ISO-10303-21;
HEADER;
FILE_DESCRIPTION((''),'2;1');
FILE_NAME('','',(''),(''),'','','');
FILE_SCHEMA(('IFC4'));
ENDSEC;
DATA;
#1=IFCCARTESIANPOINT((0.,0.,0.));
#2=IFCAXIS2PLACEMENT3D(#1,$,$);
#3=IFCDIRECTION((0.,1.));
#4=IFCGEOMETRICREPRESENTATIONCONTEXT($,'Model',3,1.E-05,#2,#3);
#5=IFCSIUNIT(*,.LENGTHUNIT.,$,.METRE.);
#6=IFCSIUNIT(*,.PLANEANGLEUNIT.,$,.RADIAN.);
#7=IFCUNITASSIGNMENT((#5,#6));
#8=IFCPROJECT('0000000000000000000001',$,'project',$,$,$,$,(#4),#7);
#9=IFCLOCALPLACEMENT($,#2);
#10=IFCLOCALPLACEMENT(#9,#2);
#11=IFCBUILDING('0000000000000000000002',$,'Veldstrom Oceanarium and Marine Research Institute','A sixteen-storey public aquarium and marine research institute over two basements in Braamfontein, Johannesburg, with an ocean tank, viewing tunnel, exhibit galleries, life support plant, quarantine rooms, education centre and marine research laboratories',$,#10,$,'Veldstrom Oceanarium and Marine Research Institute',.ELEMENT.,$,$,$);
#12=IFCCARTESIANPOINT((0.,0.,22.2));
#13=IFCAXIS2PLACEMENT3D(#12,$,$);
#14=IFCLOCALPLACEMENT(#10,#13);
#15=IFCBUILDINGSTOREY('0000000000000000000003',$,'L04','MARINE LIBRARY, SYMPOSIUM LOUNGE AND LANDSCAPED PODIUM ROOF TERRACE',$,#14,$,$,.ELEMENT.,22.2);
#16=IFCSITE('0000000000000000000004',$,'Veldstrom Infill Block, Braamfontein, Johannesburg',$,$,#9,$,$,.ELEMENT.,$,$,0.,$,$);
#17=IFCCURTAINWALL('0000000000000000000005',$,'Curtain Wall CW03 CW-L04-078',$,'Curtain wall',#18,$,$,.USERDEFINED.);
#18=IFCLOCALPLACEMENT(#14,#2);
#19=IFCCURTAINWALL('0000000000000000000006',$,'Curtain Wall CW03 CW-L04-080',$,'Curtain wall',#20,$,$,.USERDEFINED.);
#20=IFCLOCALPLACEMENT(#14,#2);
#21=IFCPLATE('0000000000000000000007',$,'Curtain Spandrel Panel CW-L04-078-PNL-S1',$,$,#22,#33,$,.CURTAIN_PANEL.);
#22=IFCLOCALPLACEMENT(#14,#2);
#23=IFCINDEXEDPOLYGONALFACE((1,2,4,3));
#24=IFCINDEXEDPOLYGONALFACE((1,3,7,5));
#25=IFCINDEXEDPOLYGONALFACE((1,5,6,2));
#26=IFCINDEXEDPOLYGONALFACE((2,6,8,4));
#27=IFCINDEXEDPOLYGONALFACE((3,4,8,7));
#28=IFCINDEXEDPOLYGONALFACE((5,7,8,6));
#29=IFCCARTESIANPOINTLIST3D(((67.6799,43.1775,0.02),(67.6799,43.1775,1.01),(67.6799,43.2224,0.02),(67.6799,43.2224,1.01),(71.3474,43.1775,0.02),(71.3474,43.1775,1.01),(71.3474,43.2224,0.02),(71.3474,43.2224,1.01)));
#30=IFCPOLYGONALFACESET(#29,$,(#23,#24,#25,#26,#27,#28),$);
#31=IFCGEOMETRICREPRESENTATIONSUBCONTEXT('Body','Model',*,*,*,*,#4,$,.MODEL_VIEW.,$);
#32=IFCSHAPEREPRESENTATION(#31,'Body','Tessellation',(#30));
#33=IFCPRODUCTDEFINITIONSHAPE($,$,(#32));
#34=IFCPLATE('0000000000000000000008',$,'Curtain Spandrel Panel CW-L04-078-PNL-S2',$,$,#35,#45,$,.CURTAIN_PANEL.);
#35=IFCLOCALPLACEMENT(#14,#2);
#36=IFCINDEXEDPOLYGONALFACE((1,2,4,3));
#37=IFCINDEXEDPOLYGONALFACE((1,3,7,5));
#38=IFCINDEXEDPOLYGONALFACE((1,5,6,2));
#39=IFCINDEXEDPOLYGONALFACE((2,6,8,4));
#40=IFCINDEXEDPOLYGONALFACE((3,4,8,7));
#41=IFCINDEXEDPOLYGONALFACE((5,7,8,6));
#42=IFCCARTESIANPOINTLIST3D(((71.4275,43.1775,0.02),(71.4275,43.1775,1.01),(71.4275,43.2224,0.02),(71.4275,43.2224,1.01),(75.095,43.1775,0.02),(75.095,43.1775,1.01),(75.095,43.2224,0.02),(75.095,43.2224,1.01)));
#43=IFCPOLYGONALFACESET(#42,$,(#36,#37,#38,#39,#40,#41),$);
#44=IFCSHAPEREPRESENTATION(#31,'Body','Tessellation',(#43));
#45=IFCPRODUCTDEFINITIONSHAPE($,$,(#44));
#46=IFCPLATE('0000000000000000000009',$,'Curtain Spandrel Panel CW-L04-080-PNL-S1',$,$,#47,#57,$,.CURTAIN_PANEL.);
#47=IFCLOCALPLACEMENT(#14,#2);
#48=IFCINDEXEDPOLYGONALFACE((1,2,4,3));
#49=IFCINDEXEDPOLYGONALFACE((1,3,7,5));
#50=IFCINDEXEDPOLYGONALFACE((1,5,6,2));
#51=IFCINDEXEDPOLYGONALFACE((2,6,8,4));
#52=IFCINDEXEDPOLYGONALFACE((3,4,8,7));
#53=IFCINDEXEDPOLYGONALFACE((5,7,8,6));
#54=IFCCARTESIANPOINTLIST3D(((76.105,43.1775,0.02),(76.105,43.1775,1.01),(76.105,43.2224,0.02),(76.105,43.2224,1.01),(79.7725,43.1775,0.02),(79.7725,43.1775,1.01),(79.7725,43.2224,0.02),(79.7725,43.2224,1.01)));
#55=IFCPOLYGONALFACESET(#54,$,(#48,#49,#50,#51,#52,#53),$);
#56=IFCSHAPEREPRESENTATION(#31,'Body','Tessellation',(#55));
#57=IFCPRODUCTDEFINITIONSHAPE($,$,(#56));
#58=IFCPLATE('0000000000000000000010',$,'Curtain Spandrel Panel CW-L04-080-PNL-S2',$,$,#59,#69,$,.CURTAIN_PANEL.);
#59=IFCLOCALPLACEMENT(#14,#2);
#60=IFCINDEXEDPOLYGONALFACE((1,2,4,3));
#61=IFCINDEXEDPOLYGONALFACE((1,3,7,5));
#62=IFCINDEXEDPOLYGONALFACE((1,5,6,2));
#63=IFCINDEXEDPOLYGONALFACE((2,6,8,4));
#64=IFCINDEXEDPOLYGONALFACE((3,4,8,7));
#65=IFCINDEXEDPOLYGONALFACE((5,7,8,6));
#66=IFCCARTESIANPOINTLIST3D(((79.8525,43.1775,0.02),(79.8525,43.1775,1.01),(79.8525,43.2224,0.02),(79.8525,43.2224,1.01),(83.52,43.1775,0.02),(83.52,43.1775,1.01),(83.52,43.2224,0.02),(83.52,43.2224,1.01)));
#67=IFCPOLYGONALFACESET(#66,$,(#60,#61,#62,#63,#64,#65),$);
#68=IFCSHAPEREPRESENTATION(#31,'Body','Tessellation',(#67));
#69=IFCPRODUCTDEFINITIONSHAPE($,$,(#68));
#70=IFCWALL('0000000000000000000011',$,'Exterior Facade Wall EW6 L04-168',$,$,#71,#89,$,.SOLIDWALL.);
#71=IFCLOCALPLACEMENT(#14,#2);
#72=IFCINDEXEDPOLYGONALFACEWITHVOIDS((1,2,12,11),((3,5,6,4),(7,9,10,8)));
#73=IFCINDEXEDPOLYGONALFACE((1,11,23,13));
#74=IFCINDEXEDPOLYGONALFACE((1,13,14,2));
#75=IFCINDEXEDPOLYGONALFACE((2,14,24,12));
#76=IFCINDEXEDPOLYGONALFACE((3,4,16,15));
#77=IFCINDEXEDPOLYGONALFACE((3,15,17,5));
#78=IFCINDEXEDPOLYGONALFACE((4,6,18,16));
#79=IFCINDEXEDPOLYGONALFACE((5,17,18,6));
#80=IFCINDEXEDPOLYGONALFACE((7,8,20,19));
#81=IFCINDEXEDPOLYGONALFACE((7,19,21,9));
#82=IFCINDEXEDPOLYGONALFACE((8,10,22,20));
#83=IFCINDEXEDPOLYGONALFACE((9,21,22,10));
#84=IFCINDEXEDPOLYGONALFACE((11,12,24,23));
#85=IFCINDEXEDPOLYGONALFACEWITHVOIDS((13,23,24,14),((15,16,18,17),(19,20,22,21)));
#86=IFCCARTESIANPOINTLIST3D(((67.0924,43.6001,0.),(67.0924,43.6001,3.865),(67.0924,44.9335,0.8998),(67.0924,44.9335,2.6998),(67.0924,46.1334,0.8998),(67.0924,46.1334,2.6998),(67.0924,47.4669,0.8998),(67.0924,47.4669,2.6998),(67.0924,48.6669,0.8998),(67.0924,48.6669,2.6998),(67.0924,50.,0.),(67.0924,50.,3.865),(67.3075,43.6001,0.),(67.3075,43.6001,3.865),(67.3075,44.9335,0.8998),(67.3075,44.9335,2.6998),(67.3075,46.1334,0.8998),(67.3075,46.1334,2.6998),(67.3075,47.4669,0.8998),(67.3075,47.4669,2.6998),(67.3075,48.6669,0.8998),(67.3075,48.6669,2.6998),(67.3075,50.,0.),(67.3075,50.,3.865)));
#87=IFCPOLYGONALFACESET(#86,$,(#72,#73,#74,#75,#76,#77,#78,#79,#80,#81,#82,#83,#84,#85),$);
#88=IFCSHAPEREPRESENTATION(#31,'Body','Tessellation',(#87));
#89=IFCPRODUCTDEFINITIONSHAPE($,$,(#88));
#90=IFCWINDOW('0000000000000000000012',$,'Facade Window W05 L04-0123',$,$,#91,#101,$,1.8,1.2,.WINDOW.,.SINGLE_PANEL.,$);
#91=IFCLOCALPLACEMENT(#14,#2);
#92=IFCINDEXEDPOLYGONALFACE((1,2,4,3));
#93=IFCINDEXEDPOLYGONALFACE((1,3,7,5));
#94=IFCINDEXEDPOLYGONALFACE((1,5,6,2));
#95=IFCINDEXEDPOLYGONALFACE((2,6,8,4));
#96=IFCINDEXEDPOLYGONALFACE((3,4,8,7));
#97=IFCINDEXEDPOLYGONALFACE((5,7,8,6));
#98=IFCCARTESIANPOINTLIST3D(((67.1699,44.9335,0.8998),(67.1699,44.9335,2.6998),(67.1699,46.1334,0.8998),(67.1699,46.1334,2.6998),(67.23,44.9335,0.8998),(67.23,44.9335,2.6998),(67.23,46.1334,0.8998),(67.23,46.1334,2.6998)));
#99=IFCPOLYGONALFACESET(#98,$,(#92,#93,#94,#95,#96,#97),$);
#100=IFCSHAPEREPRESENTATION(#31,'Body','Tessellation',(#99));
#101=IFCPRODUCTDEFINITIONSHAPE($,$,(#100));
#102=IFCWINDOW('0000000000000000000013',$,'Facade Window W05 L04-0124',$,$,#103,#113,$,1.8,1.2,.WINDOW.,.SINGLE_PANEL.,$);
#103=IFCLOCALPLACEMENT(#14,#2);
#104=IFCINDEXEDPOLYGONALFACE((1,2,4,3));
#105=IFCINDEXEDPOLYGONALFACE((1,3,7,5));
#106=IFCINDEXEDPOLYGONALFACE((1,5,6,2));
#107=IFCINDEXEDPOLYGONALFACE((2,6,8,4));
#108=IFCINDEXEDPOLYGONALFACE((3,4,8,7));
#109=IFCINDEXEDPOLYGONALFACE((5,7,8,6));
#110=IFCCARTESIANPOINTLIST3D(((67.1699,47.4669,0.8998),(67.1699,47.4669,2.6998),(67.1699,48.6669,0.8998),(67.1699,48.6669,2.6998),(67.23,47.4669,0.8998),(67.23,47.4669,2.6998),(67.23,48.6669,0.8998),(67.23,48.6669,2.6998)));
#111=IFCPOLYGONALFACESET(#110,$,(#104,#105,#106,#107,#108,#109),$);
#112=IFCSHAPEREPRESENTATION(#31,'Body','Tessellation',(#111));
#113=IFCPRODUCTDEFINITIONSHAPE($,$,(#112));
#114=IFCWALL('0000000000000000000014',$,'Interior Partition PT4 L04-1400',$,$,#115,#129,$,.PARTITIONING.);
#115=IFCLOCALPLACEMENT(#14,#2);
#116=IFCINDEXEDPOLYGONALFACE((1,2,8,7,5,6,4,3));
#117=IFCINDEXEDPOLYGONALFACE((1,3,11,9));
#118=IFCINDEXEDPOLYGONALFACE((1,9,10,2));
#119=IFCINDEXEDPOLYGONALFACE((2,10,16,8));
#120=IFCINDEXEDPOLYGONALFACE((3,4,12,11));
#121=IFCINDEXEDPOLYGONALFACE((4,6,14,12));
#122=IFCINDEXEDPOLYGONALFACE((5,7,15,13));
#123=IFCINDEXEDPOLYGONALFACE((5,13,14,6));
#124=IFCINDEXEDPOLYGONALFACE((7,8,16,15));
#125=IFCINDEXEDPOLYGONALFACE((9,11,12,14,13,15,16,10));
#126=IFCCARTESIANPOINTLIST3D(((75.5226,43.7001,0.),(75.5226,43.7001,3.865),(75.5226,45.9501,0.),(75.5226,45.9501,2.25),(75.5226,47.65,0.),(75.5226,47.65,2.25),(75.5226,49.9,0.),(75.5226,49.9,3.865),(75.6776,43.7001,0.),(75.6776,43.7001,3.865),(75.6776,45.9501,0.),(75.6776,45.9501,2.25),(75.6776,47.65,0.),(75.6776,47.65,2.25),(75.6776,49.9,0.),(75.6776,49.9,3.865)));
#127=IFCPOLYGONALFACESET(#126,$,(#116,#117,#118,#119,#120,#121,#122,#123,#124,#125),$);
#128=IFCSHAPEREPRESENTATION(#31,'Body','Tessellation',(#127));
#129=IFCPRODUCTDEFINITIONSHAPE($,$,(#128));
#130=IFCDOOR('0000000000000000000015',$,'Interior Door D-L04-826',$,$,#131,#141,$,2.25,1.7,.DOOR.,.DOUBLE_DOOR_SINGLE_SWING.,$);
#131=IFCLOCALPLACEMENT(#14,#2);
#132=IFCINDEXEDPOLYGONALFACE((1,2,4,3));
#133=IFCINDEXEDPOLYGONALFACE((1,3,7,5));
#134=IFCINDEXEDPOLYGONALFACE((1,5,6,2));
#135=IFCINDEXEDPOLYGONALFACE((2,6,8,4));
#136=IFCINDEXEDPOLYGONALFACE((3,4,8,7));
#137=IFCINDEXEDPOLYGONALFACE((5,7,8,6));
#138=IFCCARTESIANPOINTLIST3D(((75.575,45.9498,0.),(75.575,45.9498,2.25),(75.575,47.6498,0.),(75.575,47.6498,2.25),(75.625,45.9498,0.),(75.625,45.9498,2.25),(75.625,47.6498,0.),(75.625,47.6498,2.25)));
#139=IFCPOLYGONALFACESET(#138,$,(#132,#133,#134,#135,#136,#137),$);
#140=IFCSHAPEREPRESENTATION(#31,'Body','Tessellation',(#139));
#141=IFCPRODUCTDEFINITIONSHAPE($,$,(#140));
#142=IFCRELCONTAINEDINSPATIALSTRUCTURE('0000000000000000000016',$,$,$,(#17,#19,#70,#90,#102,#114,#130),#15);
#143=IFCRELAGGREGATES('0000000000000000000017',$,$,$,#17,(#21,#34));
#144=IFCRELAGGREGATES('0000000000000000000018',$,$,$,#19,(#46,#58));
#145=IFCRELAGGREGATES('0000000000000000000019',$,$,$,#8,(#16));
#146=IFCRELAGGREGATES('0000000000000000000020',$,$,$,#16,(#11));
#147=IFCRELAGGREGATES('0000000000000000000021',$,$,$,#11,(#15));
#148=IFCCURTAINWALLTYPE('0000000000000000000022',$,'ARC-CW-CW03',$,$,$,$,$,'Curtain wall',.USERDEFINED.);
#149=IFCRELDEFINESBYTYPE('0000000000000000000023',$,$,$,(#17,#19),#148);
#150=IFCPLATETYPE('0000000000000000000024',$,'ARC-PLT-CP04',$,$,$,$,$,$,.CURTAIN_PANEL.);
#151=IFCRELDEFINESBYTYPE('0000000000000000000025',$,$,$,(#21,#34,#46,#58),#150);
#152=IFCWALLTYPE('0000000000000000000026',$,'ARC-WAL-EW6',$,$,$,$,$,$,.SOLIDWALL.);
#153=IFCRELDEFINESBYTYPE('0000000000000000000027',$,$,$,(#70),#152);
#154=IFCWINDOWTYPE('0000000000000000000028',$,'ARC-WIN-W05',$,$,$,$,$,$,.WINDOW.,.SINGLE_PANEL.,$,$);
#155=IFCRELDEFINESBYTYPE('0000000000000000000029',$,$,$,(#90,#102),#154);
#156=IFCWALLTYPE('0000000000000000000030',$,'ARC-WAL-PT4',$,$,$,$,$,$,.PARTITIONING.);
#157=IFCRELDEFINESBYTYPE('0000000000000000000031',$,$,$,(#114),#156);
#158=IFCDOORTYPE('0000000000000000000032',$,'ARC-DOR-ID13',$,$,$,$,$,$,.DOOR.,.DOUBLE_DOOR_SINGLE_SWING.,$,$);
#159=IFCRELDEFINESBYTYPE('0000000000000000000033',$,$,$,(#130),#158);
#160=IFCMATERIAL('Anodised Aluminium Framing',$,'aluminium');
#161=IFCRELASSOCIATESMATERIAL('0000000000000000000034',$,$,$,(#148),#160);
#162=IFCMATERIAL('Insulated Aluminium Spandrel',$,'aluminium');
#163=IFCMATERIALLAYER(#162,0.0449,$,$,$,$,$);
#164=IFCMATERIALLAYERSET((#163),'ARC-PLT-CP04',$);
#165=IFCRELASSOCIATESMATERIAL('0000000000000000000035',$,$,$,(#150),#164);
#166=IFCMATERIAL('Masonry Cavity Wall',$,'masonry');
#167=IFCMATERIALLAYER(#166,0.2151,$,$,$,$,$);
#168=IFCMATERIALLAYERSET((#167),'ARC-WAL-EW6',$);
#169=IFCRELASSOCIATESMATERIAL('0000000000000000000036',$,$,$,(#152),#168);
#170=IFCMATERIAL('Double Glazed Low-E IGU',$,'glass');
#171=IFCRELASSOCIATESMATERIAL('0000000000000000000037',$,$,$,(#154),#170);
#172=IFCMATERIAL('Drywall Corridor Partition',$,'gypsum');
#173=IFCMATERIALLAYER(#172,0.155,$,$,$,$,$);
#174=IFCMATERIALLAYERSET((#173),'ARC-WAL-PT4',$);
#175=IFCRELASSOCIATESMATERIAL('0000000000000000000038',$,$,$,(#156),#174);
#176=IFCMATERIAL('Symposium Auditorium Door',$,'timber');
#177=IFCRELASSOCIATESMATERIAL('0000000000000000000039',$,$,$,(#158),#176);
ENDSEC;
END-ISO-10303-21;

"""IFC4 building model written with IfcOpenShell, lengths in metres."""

from ifc_helpers import new_model, si_unit, direction, frame, frame_2d, origin, origin_2d, place, context, subcontext, project, spatial, rectangle, extrude, material, layer, layer_set, type_object, element, fill, aggregate, save


model = new_model("IFC4")

# Units and contexts
model_context = context("Model", 3, precision=1e-05, world=origin(), true_north=direction((0.0, 1.0)))
body_context = subcontext(model_context, "Body", "Model", "MODEL_VIEW")
ifc_project = project(units=[si_unit("LENGTHUNIT", "METRE"), si_unit("PLANEANGLEUNIT", "RADIAN")], contexts=[model_context])

# Site, building, storey
site_placement = place(None, origin())
site = spatial("IfcSite", under=ifc_project, at=site_placement, Name="Veldstrom Infill Block, Braamfontein, Johannesburg", CompositionType="ELEMENT", RefElevation=0.0)
building_placement = place(site_placement, origin())
building = spatial("IfcBuilding", under=site, at=building_placement, Name="Veldstrom Oceanarium and Marine Research Institute", Description="A sixteen-storey public aquarium and marine research institute over two basements in Braamfontein, Johannesburg, with an ocean tank, viewing tunnel, exhibit galleries, life support plant, quarantine rooms, education centre and marine research laboratories", LongName="Veldstrom Oceanarium and Marine Research Institute", CompositionType="ELEMENT")
storey_placement = place(building_placement, frame((0.0, 0.0, 22.2)))
storey = spatial("IfcBuildingStorey", under=building, at=storey_placement, Name="L04", Description="MARINE LIBRARY, SYMPOSIUM LOUNGE AND LANDSCAPED PODIUM ROOF TERRACE", CompositionType="ELEMENT", Elevation=22.2)

# Curtain walls
ifc_material_1 = material(Name="Anodised Aluminium Framing", Category="aluminium")
curtain_wall_type = type_object("IfcCurtainWallType", Name="ARC-CW-CW03", ElementType="Curtain wall", PredefinedType="USERDEFINED", material=ifc_material_1)
curtain_wall_1_placement = place(storey_placement, origin())
curtain_wall_1 = element("IfcCurtainWall", 1, at=curtain_wall_1_placement, inside=storey, type_object=curtain_wall_type, Name="Curtain Wall CW03 CW-L04-078", ObjectType="Curtain wall", PredefinedType="USERDEFINED")
curtain_wall_2_placement = place(storey_placement, origin())
curtain_wall_2 = element("IfcCurtainWall", 2, at=curtain_wall_2_placement, inside=storey, type_object=curtain_wall_type, Name="Curtain Wall CW03 CW-L04-080", ObjectType="Curtain wall", PredefinedType="USERDEFINED")

# Plates
ifc_material_2 = material(Name="Insulated Aluminium Spandrel", Category="aluminium")
ifc_layer_1 = layer(ifc_material_2, 0.0449)
ifc_layer_set_1 = layer_set([ifc_layer_1], Name="ARC-PLT-CP04")
plate_type_1 = type_object("IfcPlateType", Name="ARC-PLT-CP04", PredefinedType="CURTAIN_PANEL", material=ifc_layer_set_1)
plate_1_placement = place(storey_placement, frame((69.5137, 43.2, 0.02), z_axis=(0.0, 0.0, 1.0), x_axis=(1.0, 0.0, 0.0)))
plate_1 = element("IfcPlate", 3, at=plate_1_placement, type_object=plate_type_1, Name="Curtain Spandrel Panel CW-L04-078-PNL-S1", PredefinedType="CURTAIN_PANEL", context=body_context, shape_type="SweptSolid", body=[
    extrude(rectangle(XDim=3.6675, YDim=0.0449, at=origin_2d()), origin(), (0.0, 0.0, 1.0), 0.99),
])
plate_2_placement = place(storey_placement, frame((73.2612, 43.2, 0.02), z_axis=(0.0, 0.0, 1.0), x_axis=(1.0, 0.0, 0.0)))
plate_2 = element("IfcPlate", 4, at=plate_2_placement, type_object=plate_type_1, Name="Curtain Spandrel Panel CW-L04-078-PNL-S2", PredefinedType="CURTAIN_PANEL", context=body_context, shape_type="SweptSolid", body=[
    extrude(rectangle(XDim=3.6675, YDim=0.0449, at=origin_2d()), origin(), (0.0, 0.0, 1.0), 0.99),
])
aggregate(curtain_wall_1, [plate_1, plate_2])
plate_3_placement = place(storey_placement, frame((77.9387, 43.2, 0.02), z_axis=(0.0, 0.0, 1.0), x_axis=(1.0, 0.0, 0.0)))
plate_3 = element("IfcPlate", 5, at=plate_3_placement, type_object=plate_type_1, Name="Curtain Spandrel Panel CW-L04-080-PNL-S1", PredefinedType="CURTAIN_PANEL", context=body_context, shape_type="SweptSolid", body=[
    extrude(rectangle(XDim=3.6675, YDim=0.0449, at=origin_2d()), origin(), (0.0, 0.0, 1.0), 0.99),
])
plate_4_placement = place(storey_placement, frame((81.6863, 43.2, 0.02), z_axis=(0.0, 0.0, 1.0), x_axis=(1.0, 0.0, 0.0)))
plate_4 = element("IfcPlate", 6, at=plate_4_placement, type_object=plate_type_1, Name="Curtain Spandrel Panel CW-L04-080-PNL-S2", PredefinedType="CURTAIN_PANEL", context=body_context, shape_type="SweptSolid", body=[
    extrude(rectangle(XDim=3.6675, YDim=0.0449, at=origin_2d()), origin(), (0.0, 0.0, 1.0), 0.99),
])
aggregate(curtain_wall_2, [plate_3, plate_4])

# Wall, openings, windows
ifc_material_3 = material(Name="Masonry Cavity Wall", Category="masonry")
ifc_layer_2 = layer(ifc_material_3, 0.2151)
ifc_layer_set_2 = layer_set([ifc_layer_2], Name="ARC-WAL-EW6")
wall_type_1 = type_object("IfcWallType", Name="ARC-WAL-EW6", PredefinedType="SOLIDWALL", material=ifc_layer_set_2)
wall_1_placement = place(storey_placement, frame((67.2, 43.6001, 0.0), z_axis=(0.0, 0.0, 1.0), x_axis=(0.0, 1.0, 0.0)))
wall_1 = element("IfcWall", 7, at=wall_1_placement, inside=storey, type_object=wall_type_1, Name="Exterior Facade Wall EW6 L04-168", PredefinedType="SOLIDWALL", context=body_context, shape_type="SweptSolid", body=[
    extrude(rectangle(XDim=6.3999, YDim=0.2151, at=frame_2d((3.2, 0.0))), origin(), (0.0, 0.0, 1.0), 3.865),
])
opening_1_placement = place(wall_1_placement, frame((1.3333, 0.0, 0.8999)))
opening_1 = element("IfcOpeningElement", 8, at=opening_1_placement, cuts=wall_1, PredefinedType="OPENING", context=body_context, shape_type="SweptSolid", body=[
    extrude(rectangle(XDim=1.2, YDim=1.8, at=frame_2d((0.6001, 0.8999))), frame((0.0, 0.1174, 0.0), z_axis=(0.0, -1.0, 0.0), x_axis=(1.0, 0.0, 0.0)), (0.0, 0.0, 1.0), 0.2351),
])
opening_2_placement = place(wall_1_placement, frame((3.8667, 0.0, 0.8999)))
opening_2 = element("IfcOpeningElement", 9, at=opening_2_placement, cuts=wall_1, PredefinedType="OPENING", context=body_context, shape_type="SweptSolid", body=[
    extrude(rectangle(XDim=1.2, YDim=1.8, at=frame_2d((0.6001, 0.8999))), frame((0.0, 0.1174, 0.0), z_axis=(0.0, -1.0, 0.0), x_axis=(1.0, 0.0, 0.0)), (0.0, 0.0, 1.0), 0.2351),
])
ifc_material_4 = material(Name="Double Glazed Low-E IGU", Category="glass")
window_type = type_object("IfcWindowType", Name="ARC-WIN-W05", PartitioningType="SINGLE_PANEL", PredefinedType="WINDOW", material=ifc_material_4)
window_1_placement = place(opening_1_placement, origin())
window_1 = element("IfcWindow", 10, at=window_1_placement, inside=storey, type_object=window_type, Name="Facade Window W05 L04-0123", OverallHeight=1.8, OverallWidth=1.2, PartitioningType="SINGLE_PANEL", PredefinedType="WINDOW", context=body_context, shape_type="SweptSolid", body=[
    extrude(rectangle(XDim=1.2, YDim=1.8, at=frame_2d((0.6001, 0.8999))), frame((0.0, 0.03, 0.0), z_axis=(0.0, -1.0, 0.0), x_axis=(1.0, 0.0, 0.0)), (0.0, 0.0, 1.0), 0.0601),
])
fill(opening_1, window_1)
window_2_placement = place(opening_2_placement, origin())
window_2 = element("IfcWindow", 11, at=window_2_placement, inside=storey, type_object=window_type, Name="Facade Window W05 L04-0124", OverallHeight=1.8, OverallWidth=1.2, PartitioningType="SINGLE_PANEL", PredefinedType="WINDOW", context=body_context, shape_type="SweptSolid", body=[
    extrude(rectangle(XDim=1.2, YDim=1.8, at=frame_2d((0.6001, 0.8999))), frame((0.0, 0.03, 0.0), z_axis=(0.0, -1.0, 0.0), x_axis=(1.0, 0.0, 0.0)), (0.0, 0.0, 1.0), 0.0601),
])
fill(opening_2, window_2)

# Wall, opening, door
ifc_material_5 = material(Name="Drywall Corridor Partition", Category="gypsum")
ifc_layer_3 = layer(ifc_material_5, 0.155)
ifc_layer_set_3 = layer_set([ifc_layer_3], Name="ARC-WAL-PT4")
wall_type_2 = type_object("IfcWallType", Name="ARC-WAL-PT4", PredefinedType="PARTITIONING", material=ifc_layer_set_3)
wall_2_placement = place(storey_placement, frame((75.6001, 43.7, 0.0), z_axis=(0.0, 0.0, 1.0), x_axis=(0.0, 1.0, 0.0)))
wall_2 = element("IfcWall", 12, at=wall_2_placement, inside=storey, type_object=wall_type_2, Name="Interior Partition PT4 L04-1400", PredefinedType="PARTITIONING", context=body_context, shape_type="SweptSolid", body=[
    extrude(rectangle(XDim=6.2, YDim=0.155, at=frame_2d((3.1001, 0.0))), origin(), (0.0, 0.0, 1.0), 3.865),
])
opening_3_placement = place(wall_2_placement, frame((2.25, 0.0, 0.0)))
opening_3 = element("IfcOpeningElement", 13, at=opening_3_placement, cuts=wall_2, PredefinedType="OPENING", context=body_context, shape_type="SweptSolid", body=[
    extrude(rectangle(XDim=1.7, YDim=2.25, at=frame_2d((0.8501, 1.125))), frame((0.0, 0.0874, 0.0), z_axis=(0.0, -1.0, 0.0), x_axis=(1.0, 0.0, 0.0)), (0.0, 0.0, 1.0), 0.175),
])
ifc_material_6 = material(Name="Symposium Auditorium Door", Category="timber")
door_type = type_object("IfcDoorType", Name="ARC-DOR-ID13", OperationType="DOUBLE_DOOR_SINGLE_SWING", PredefinedType="DOOR", material=ifc_material_6)
door_placement = place(opening_3_placement, frame((1.7, 0.0, 0.0), z_axis=(0.0, 0.0, 1.0), x_axis=(-1.0, 0.0, 0.0)))
door = element("IfcDoor", 14, at=door_placement, inside=storey, type_object=door_type, Name="Interior Door D-L04-826", OperationType="DOUBLE_DOOR_SINGLE_SWING", OverallHeight=2.25, OverallWidth=1.7, PredefinedType="DOOR", context=body_context, shape_type="SweptSolid", body=[
    extrude(rectangle(XDim=1.7, YDim=2.25, at=frame_2d((0.8501, 1.125))), frame((0.0, 0.0249, 0.0), z_axis=(0.0, -1.0, 0.0), x_axis=(1.0, 0.0, 0.0)), (0.0, 0.0, 1.0), 0.05),
])
fill(opening_3, door)

save(model, "model.ifc")
